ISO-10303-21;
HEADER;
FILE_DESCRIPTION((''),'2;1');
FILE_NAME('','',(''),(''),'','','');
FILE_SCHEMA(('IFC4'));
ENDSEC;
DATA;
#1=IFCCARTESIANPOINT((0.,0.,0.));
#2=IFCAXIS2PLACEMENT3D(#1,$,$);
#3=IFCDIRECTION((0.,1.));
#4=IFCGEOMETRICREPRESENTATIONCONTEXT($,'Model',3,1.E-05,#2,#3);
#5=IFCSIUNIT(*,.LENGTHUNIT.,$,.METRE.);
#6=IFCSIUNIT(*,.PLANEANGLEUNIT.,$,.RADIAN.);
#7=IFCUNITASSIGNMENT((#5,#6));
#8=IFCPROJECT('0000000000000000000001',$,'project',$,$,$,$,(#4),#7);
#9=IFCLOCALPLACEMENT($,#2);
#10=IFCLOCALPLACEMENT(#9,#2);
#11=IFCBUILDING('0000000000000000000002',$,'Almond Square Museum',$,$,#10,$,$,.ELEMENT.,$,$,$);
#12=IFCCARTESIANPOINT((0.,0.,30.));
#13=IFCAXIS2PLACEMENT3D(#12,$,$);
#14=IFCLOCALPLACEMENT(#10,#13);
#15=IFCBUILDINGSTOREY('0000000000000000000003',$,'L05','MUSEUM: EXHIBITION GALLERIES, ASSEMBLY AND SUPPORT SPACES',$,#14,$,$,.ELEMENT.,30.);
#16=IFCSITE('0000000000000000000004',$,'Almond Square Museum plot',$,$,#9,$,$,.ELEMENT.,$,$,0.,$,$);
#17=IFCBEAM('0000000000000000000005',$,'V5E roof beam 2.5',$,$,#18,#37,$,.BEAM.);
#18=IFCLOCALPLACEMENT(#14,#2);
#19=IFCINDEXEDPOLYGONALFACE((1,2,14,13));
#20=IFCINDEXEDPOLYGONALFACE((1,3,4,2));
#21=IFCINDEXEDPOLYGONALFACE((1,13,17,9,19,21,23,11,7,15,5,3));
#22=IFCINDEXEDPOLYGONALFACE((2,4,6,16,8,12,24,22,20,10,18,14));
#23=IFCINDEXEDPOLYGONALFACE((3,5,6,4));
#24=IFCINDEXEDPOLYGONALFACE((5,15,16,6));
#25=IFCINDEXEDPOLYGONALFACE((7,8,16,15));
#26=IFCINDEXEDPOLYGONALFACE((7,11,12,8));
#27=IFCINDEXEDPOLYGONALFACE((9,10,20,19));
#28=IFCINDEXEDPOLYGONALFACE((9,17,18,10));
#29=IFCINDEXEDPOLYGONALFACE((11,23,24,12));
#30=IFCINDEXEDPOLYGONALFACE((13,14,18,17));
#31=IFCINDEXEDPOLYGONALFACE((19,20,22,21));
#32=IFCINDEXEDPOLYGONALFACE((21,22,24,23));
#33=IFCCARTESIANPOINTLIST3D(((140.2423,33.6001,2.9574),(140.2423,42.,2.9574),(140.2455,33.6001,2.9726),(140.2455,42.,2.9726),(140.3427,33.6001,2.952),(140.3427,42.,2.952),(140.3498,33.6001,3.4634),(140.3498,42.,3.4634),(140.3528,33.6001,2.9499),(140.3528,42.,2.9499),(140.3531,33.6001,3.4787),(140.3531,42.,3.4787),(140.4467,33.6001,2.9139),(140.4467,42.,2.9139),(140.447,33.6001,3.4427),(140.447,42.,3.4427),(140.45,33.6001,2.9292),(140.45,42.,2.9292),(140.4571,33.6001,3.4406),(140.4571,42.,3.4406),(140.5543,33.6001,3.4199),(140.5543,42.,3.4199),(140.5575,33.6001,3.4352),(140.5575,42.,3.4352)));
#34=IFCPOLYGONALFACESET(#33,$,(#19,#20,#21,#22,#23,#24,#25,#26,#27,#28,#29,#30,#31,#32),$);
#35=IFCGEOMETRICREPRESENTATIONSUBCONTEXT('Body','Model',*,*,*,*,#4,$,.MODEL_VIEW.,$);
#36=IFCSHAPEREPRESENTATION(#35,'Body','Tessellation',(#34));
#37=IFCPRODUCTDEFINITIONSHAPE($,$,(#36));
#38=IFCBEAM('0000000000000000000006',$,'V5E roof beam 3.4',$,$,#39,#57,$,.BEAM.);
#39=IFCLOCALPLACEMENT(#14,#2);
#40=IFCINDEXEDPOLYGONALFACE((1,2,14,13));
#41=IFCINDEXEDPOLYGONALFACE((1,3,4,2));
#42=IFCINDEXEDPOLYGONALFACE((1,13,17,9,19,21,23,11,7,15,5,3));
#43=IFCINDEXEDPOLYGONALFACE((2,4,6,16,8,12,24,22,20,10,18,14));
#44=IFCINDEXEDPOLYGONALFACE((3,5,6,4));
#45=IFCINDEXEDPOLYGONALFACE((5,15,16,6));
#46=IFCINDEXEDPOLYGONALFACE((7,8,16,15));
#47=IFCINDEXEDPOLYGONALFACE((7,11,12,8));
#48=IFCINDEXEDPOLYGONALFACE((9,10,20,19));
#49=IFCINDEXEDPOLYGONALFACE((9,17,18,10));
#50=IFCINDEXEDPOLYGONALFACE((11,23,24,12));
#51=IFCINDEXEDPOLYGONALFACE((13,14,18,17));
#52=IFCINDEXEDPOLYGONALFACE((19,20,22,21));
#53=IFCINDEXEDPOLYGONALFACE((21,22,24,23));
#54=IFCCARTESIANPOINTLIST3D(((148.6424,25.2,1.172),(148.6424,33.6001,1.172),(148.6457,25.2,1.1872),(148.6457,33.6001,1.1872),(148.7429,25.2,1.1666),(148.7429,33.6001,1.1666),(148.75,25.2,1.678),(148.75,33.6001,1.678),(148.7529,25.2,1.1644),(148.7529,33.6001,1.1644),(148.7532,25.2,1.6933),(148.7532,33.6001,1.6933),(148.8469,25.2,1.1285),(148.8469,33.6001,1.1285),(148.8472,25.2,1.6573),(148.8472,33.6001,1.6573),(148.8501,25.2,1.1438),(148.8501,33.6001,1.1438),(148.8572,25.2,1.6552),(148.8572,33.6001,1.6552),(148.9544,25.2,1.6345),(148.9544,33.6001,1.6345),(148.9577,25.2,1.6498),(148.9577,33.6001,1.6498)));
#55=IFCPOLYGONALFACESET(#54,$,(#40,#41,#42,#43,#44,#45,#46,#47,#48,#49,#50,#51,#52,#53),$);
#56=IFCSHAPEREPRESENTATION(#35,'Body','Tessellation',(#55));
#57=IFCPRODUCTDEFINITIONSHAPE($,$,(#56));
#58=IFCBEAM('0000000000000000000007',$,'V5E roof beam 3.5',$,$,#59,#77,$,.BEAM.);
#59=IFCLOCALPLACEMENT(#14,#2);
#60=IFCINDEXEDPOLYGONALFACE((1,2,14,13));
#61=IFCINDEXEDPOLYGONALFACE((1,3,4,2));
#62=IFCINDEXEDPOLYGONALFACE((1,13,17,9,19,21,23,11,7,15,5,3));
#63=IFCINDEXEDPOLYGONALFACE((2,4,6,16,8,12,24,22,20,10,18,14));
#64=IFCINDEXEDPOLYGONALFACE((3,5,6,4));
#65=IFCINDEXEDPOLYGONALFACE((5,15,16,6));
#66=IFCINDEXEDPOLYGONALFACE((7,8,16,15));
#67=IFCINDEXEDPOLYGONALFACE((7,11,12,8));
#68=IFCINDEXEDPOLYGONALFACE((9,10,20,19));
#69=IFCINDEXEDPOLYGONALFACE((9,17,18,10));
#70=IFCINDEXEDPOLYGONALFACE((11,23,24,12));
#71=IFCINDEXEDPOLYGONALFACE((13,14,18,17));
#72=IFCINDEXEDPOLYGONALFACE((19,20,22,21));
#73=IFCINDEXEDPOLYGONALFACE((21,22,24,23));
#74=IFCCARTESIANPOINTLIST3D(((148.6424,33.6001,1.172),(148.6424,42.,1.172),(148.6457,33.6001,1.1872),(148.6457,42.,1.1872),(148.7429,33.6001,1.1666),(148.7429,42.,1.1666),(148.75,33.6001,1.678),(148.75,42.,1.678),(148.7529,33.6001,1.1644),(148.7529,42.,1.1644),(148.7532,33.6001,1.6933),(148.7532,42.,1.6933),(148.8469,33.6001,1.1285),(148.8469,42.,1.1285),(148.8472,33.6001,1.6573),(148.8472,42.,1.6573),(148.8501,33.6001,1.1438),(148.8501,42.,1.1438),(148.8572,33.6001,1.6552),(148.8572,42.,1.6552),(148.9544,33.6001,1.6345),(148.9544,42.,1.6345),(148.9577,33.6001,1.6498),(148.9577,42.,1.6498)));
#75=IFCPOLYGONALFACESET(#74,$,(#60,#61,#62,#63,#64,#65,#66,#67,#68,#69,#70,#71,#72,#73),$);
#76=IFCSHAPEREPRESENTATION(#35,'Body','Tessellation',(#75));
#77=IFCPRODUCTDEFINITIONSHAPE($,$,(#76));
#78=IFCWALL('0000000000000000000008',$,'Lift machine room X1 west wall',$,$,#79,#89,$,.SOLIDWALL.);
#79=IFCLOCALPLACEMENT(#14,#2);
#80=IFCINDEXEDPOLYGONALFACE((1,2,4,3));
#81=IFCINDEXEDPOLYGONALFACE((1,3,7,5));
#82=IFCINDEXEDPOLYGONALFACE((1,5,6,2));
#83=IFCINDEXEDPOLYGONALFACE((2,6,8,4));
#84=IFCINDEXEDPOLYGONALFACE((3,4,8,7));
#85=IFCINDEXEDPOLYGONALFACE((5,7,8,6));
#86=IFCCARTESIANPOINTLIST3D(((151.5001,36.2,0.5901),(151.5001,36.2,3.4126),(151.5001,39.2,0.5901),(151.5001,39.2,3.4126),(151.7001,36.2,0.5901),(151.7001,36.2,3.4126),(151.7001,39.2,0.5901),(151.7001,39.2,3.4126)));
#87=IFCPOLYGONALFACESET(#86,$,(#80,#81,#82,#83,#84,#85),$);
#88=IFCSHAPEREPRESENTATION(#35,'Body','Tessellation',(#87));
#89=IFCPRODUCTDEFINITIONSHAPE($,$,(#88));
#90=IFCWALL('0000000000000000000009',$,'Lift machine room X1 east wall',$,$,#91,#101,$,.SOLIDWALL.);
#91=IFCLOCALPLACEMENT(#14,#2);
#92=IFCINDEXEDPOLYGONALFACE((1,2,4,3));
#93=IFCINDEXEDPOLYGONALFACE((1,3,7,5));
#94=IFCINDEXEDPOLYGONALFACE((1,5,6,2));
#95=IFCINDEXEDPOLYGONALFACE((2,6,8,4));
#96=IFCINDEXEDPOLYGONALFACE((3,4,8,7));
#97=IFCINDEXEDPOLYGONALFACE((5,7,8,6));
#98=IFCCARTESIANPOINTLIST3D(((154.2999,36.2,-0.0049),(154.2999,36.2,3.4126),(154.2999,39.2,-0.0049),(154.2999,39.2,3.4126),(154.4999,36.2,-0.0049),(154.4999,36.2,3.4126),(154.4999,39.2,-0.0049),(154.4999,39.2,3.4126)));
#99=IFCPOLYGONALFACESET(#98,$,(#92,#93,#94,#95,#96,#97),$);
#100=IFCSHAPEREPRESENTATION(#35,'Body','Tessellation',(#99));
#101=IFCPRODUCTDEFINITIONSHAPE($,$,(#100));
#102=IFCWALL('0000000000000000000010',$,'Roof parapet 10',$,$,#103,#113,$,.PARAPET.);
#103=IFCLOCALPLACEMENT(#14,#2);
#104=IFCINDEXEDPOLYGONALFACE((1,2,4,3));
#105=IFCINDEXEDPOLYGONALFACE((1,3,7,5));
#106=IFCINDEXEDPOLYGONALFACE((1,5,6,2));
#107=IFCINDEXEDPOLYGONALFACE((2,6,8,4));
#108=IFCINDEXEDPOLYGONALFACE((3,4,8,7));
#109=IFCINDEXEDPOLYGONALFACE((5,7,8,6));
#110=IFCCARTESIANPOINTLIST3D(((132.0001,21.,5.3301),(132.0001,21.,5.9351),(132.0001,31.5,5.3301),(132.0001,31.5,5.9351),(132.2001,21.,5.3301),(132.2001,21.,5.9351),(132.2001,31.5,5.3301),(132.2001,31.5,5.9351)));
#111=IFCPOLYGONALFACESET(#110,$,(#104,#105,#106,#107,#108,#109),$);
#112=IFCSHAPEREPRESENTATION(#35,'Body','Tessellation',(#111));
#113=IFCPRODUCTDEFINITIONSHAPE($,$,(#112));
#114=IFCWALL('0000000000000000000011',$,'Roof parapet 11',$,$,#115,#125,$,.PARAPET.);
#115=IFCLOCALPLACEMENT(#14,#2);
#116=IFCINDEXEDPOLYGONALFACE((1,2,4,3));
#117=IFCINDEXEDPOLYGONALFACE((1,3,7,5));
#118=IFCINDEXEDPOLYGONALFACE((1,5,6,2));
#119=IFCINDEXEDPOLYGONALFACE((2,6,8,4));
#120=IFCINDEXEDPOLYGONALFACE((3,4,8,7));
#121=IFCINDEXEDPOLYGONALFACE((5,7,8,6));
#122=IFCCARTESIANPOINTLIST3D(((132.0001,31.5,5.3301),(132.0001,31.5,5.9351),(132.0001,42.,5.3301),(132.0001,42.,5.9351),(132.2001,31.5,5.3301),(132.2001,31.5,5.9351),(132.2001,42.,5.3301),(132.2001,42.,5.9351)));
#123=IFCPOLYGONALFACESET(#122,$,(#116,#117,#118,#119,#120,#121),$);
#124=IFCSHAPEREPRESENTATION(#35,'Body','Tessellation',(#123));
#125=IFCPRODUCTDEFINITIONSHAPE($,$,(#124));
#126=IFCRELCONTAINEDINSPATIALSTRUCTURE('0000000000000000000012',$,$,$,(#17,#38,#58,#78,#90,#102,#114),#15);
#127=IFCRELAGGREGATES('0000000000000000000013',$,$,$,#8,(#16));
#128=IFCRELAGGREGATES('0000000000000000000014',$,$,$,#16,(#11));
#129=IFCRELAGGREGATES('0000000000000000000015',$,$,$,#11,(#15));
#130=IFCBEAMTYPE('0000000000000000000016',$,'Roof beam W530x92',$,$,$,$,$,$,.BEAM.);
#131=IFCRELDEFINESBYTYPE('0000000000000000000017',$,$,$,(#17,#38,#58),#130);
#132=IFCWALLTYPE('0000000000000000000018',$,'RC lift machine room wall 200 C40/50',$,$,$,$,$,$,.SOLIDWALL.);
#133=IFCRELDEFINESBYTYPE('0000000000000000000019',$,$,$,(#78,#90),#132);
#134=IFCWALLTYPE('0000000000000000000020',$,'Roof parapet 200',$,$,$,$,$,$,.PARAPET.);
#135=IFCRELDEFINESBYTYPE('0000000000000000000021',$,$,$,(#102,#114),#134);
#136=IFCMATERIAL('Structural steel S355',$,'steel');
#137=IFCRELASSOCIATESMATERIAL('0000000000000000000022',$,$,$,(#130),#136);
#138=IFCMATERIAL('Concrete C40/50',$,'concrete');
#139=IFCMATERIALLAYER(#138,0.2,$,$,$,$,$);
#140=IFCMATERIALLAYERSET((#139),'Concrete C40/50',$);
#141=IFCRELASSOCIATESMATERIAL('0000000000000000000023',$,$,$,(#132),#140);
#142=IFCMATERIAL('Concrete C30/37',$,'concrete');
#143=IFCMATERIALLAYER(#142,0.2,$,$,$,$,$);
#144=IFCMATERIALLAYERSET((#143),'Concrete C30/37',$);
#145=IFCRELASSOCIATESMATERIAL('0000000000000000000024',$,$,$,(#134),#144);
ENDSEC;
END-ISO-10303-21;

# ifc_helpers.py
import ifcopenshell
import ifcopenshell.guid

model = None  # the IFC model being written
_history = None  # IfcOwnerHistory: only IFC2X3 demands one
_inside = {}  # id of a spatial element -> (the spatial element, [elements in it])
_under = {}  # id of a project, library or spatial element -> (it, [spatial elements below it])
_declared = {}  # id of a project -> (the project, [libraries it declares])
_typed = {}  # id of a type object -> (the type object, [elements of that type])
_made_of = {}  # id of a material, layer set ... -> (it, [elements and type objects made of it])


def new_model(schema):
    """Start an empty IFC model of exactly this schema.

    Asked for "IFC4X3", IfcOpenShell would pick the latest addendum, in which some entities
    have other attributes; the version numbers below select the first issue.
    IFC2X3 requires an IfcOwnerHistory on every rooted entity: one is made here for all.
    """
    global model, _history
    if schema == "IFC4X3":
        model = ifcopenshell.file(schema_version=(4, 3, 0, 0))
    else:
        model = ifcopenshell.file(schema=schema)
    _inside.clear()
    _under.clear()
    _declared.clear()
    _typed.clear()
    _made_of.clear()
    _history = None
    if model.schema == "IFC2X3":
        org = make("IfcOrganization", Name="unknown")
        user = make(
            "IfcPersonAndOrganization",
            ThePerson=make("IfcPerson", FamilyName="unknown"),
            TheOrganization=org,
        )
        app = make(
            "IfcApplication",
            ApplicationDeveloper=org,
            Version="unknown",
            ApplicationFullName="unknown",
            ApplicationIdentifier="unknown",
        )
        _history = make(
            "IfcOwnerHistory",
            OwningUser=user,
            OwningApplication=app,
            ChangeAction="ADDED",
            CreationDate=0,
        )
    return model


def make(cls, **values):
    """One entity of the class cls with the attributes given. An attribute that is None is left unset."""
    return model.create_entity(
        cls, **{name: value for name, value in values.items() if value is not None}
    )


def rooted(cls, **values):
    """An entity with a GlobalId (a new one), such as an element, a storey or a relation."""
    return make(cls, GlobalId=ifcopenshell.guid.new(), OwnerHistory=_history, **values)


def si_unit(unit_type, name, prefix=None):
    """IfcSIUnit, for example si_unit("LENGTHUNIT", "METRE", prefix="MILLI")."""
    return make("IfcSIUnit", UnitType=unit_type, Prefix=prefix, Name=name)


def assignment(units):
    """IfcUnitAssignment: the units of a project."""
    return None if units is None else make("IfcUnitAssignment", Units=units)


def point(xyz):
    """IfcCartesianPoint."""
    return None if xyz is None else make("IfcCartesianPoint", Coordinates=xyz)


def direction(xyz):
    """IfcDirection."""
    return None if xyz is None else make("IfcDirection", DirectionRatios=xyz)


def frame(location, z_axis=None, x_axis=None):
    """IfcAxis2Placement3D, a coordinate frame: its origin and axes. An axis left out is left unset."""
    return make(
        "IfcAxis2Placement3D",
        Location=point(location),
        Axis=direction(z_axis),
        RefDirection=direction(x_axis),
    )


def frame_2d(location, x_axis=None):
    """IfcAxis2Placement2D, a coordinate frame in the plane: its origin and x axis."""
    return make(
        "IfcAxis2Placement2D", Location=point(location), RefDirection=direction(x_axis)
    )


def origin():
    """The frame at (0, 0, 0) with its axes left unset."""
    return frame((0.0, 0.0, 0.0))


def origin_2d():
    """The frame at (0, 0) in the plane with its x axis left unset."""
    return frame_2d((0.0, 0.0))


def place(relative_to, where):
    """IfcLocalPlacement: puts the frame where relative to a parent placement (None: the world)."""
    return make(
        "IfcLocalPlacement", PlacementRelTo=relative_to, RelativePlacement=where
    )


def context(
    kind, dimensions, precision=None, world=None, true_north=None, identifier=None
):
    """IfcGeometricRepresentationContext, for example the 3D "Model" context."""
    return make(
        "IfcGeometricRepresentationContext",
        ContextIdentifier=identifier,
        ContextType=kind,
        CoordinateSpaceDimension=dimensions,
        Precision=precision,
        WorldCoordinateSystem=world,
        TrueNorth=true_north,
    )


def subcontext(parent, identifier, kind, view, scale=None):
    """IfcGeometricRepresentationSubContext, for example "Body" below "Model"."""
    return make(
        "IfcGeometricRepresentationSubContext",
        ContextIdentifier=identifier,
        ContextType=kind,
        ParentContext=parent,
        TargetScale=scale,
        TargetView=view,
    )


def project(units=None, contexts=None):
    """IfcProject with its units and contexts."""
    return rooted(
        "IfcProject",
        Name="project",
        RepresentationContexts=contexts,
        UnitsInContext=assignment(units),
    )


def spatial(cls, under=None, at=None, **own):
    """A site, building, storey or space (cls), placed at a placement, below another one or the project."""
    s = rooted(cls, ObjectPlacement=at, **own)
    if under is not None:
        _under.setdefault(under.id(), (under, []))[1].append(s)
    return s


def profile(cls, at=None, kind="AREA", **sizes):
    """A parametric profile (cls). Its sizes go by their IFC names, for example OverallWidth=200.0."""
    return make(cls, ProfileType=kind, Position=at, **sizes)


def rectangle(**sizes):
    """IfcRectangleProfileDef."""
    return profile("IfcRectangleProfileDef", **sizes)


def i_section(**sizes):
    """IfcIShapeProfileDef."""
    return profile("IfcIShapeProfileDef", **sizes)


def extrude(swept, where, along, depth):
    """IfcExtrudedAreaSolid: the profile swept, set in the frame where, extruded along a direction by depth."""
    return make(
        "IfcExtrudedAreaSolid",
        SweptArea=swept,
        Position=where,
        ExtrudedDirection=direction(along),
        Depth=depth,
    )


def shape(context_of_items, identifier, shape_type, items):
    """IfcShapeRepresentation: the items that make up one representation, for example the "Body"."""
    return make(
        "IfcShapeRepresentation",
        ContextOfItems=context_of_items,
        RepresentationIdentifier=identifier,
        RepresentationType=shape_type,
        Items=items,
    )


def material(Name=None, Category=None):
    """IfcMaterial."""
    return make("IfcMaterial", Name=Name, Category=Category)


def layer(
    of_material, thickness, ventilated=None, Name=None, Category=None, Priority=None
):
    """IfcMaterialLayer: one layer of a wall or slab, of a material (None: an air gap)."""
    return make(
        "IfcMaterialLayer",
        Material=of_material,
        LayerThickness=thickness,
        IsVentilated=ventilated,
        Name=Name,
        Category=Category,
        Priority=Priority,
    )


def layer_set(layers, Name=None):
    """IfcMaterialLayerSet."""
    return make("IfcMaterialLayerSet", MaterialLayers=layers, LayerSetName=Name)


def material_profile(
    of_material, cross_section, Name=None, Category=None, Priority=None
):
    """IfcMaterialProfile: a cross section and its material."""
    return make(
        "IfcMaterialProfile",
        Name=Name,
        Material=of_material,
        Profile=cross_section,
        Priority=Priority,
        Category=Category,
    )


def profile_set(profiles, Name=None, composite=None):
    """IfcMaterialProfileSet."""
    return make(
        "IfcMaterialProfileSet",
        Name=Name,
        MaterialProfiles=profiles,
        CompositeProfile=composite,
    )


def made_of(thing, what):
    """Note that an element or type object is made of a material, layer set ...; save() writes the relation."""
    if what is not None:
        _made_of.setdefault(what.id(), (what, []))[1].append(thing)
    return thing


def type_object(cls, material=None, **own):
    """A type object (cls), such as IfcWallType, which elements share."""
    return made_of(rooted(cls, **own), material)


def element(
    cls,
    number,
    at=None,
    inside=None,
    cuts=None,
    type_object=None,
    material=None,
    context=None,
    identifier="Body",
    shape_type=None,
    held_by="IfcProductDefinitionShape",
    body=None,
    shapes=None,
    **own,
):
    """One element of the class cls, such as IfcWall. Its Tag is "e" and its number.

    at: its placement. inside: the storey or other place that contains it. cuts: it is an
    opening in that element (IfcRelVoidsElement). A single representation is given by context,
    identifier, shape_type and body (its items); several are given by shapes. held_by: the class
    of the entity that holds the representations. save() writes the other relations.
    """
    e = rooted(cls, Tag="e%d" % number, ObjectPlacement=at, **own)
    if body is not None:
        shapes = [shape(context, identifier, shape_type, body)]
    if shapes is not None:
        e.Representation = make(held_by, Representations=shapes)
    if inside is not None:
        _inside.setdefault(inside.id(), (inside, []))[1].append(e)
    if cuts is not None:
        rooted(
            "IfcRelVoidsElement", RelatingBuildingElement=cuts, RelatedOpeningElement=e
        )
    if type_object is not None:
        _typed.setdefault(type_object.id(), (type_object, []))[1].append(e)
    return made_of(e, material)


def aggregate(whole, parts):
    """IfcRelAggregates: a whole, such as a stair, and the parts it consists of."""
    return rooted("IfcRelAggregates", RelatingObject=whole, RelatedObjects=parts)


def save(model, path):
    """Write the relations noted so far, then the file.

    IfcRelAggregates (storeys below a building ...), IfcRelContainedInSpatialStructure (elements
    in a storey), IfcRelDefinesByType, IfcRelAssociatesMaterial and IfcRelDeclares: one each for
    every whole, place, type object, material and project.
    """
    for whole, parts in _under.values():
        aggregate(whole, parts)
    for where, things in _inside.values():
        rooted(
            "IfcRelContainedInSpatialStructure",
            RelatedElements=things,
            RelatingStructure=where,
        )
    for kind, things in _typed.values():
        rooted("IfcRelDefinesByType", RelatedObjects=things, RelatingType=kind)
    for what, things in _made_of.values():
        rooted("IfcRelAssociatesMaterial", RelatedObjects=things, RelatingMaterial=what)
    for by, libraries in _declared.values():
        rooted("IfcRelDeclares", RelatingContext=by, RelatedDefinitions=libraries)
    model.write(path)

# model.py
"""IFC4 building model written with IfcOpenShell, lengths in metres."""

from ifc_helpers import new_model, si_unit, direction, frame, frame_2d, origin, origin_2d, place, context, subcontext, project, spatial, rectangle, i_section, extrude, material, layer, layer_set, material_profile, profile_set, type_object, element, save


model = new_model("IFC4")

# Units and contexts
model_context = context("Model", 3, precision=1e-05, world=origin(), true_north=direction((0.0, 1.0)))
body_context = subcontext(model_context, "Body", "Model", "MODEL_VIEW")
ifc_project = project(units=[si_unit("LENGTHUNIT", "METRE"), si_unit("PLANEANGLEUNIT", "RADIAN")], contexts=[model_context])

# Site, building, storey
site_placement = place(None, origin())
site = spatial("IfcSite", under=ifc_project, at=site_placement, Name="Almond Square Museum plot", CompositionType="ELEMENT", RefElevation=0.0)
building_placement = place(site_placement, origin())
building = spatial("IfcBuilding", under=site, at=building_placement, Name="Almond Square Museum", CompositionType="ELEMENT")
storey_placement = place(building_placement, frame((0.0, 0.0, 30.0)))
storey = spatial("IfcBuildingStorey", under=building, at=storey_placement, Name="L05", Description="MUSEUM: EXHIBITION GALLERIES, ASSEMBLY AND SUPPORT SPACES", CompositionType="ELEMENT", Elevation=30.0)

# Beams
ifc_material_1 = material(Name="Structural steel S355", Category="steel")
ifc_material_profile_1 = material_profile(ifc_material_1, i_section(OverallWidth=0.209, OverallDepth=0.533, WebThickness=0.0103, FlangeThickness=0.0156, at=origin_2d()))
ifc_profile_set_1 = profile_set([ifc_material_profile_1], Name="Structural steel S355")
beam_type = type_object("IfcBeamType", Name="Roof beam W530x92", PredefinedType="BEAM", material=ifc_profile_set_1)
beam_1_placement = place(storey_placement, frame((140.3999, 33.6001, 3.1963), z_axis=(0.0, 1.0, 0.0), x_axis=(-0.978148, 0.0, 0.207912)))
element("IfcBeam", 1, at=beam_1_placement, inside=storey, type_object=beam_type, Name="V5E roof beam 2.5", PredefinedType="BEAM", context=body_context, shape_type="SweptSolid", body=[
    extrude(i_section(OverallWidth=0.209, OverallDepth=0.533, WebThickness=0.0103, FlangeThickness=0.0156, at=origin_2d()), origin(), (0.0, 0.0, 1.0), 8.3999),
])
beam_2_placement = place(storey_placement, frame((148.8, 25.2, 1.4109), z_axis=(0.0, 1.0, 0.0), x_axis=(-0.978148, 0.0, 0.207912)))
element("IfcBeam", 2, at=beam_2_placement, inside=storey, type_object=beam_type, Name="V5E roof beam 3.4", PredefinedType="BEAM", context=body_context, shape_type="SweptSolid", body=[
    extrude(i_section(OverallWidth=0.209, OverallDepth=0.533, WebThickness=0.0103, FlangeThickness=0.0156, at=origin_2d()), origin(), (0.0, 0.0, 1.0), 8.4001),
])
beam_3_placement = place(storey_placement, frame((148.8, 33.6001, 1.4109), z_axis=(0.0, 1.0, 0.0), x_axis=(-0.978148, 0.0, 0.207912)))
element("IfcBeam", 3, at=beam_3_placement, inside=storey, type_object=beam_type, Name="V5E roof beam 3.5", PredefinedType="BEAM", context=body_context, shape_type="SweptSolid", body=[
    extrude(i_section(OverallWidth=0.209, OverallDepth=0.533, WebThickness=0.0103, FlangeThickness=0.0156, at=origin_2d()), origin(), (0.0, 0.0, 1.0), 8.3999),
])

# Walls
ifc_material_2 = material(Name="Concrete C40/50", Category="concrete")
ifc_layer_1 = layer(ifc_material_2, 0.2)
ifc_layer_set_1 = layer_set([ifc_layer_1], Name="Concrete C40/50")
wall_type_1 = type_object("IfcWallType", Name="RC lift machine room wall 200 C40/50", PredefinedType="SOLIDWALL", material=ifc_layer_set_1)
wall_1_placement = place(storey_placement, frame((151.6001, 36.2, 0.5901), z_axis=(0.0, 0.0, 1.0), x_axis=(0.0, 1.0, 0.0)))
element("IfcWall", 4, at=wall_1_placement, inside=storey, type_object=wall_type_1, Name="Lift machine room X1 west wall", PredefinedType="SOLIDWALL", context=body_context, shape_type="SweptSolid", body=[
    extrude(rectangle(XDim=3.0, YDim=0.2, at=frame_2d((1.5, 0.0))), origin(), (0.0, 0.0, 1.0), 2.8225),
])
wall_2_placement = place(storey_placement, frame((154.3999, 36.2, -0.0049), z_axis=(0.0, 0.0, 1.0), x_axis=(0.0, 1.0, 0.0)))
element("IfcWall", 5, at=wall_2_placement, inside=storey, type_object=wall_type_1, Name="Lift machine room X1 east wall", PredefinedType="SOLIDWALL", context=body_context, shape_type="SweptSolid", body=[
    extrude(rectangle(XDim=3.0, YDim=0.2, at=frame_2d((1.5, 0.0))), origin(), (0.0, 0.0, 1.0), 3.4175),
])
ifc_material_3 = material(Name="Concrete C30/37", Category="concrete")
ifc_layer_2 = layer(ifc_material_3, 0.2)
ifc_layer_set_2 = layer_set([ifc_layer_2], Name="Concrete C30/37")
wall_type_2 = type_object("IfcWallType", Name="Roof parapet 200", PredefinedType="PARAPET", material=ifc_layer_set_2)
for number, where, z_axis, x_axis, name in (
    (6, (132.1001, 21.0, 5.3301), (0.0, 0.0, 1.0), (0.0, 1.0, 0.0), "Roof parapet 10"),
    (7, (132.1001, 31.5, 5.3301), (0.0, 0.0, 1.0), (0.0, 1.0, 0.0), "Roof parapet 11"),
):
    element("IfcWall", number, at=place(storey_placement, frame(where, z_axis=z_axis, x_axis=x_axis)), inside=storey, type_object=wall_type_2, Name=name, PredefinedType="PARAPET", context=body_context, shape_type="SweptSolid", body=[
        extrude(rectangle(XDim=10.5, YDim=0.2, at=frame_2d((5.25, 0.0))), origin(), (0.0, 0.0, 1.0), 0.605),
    ])

save(model, "model.ifc")
